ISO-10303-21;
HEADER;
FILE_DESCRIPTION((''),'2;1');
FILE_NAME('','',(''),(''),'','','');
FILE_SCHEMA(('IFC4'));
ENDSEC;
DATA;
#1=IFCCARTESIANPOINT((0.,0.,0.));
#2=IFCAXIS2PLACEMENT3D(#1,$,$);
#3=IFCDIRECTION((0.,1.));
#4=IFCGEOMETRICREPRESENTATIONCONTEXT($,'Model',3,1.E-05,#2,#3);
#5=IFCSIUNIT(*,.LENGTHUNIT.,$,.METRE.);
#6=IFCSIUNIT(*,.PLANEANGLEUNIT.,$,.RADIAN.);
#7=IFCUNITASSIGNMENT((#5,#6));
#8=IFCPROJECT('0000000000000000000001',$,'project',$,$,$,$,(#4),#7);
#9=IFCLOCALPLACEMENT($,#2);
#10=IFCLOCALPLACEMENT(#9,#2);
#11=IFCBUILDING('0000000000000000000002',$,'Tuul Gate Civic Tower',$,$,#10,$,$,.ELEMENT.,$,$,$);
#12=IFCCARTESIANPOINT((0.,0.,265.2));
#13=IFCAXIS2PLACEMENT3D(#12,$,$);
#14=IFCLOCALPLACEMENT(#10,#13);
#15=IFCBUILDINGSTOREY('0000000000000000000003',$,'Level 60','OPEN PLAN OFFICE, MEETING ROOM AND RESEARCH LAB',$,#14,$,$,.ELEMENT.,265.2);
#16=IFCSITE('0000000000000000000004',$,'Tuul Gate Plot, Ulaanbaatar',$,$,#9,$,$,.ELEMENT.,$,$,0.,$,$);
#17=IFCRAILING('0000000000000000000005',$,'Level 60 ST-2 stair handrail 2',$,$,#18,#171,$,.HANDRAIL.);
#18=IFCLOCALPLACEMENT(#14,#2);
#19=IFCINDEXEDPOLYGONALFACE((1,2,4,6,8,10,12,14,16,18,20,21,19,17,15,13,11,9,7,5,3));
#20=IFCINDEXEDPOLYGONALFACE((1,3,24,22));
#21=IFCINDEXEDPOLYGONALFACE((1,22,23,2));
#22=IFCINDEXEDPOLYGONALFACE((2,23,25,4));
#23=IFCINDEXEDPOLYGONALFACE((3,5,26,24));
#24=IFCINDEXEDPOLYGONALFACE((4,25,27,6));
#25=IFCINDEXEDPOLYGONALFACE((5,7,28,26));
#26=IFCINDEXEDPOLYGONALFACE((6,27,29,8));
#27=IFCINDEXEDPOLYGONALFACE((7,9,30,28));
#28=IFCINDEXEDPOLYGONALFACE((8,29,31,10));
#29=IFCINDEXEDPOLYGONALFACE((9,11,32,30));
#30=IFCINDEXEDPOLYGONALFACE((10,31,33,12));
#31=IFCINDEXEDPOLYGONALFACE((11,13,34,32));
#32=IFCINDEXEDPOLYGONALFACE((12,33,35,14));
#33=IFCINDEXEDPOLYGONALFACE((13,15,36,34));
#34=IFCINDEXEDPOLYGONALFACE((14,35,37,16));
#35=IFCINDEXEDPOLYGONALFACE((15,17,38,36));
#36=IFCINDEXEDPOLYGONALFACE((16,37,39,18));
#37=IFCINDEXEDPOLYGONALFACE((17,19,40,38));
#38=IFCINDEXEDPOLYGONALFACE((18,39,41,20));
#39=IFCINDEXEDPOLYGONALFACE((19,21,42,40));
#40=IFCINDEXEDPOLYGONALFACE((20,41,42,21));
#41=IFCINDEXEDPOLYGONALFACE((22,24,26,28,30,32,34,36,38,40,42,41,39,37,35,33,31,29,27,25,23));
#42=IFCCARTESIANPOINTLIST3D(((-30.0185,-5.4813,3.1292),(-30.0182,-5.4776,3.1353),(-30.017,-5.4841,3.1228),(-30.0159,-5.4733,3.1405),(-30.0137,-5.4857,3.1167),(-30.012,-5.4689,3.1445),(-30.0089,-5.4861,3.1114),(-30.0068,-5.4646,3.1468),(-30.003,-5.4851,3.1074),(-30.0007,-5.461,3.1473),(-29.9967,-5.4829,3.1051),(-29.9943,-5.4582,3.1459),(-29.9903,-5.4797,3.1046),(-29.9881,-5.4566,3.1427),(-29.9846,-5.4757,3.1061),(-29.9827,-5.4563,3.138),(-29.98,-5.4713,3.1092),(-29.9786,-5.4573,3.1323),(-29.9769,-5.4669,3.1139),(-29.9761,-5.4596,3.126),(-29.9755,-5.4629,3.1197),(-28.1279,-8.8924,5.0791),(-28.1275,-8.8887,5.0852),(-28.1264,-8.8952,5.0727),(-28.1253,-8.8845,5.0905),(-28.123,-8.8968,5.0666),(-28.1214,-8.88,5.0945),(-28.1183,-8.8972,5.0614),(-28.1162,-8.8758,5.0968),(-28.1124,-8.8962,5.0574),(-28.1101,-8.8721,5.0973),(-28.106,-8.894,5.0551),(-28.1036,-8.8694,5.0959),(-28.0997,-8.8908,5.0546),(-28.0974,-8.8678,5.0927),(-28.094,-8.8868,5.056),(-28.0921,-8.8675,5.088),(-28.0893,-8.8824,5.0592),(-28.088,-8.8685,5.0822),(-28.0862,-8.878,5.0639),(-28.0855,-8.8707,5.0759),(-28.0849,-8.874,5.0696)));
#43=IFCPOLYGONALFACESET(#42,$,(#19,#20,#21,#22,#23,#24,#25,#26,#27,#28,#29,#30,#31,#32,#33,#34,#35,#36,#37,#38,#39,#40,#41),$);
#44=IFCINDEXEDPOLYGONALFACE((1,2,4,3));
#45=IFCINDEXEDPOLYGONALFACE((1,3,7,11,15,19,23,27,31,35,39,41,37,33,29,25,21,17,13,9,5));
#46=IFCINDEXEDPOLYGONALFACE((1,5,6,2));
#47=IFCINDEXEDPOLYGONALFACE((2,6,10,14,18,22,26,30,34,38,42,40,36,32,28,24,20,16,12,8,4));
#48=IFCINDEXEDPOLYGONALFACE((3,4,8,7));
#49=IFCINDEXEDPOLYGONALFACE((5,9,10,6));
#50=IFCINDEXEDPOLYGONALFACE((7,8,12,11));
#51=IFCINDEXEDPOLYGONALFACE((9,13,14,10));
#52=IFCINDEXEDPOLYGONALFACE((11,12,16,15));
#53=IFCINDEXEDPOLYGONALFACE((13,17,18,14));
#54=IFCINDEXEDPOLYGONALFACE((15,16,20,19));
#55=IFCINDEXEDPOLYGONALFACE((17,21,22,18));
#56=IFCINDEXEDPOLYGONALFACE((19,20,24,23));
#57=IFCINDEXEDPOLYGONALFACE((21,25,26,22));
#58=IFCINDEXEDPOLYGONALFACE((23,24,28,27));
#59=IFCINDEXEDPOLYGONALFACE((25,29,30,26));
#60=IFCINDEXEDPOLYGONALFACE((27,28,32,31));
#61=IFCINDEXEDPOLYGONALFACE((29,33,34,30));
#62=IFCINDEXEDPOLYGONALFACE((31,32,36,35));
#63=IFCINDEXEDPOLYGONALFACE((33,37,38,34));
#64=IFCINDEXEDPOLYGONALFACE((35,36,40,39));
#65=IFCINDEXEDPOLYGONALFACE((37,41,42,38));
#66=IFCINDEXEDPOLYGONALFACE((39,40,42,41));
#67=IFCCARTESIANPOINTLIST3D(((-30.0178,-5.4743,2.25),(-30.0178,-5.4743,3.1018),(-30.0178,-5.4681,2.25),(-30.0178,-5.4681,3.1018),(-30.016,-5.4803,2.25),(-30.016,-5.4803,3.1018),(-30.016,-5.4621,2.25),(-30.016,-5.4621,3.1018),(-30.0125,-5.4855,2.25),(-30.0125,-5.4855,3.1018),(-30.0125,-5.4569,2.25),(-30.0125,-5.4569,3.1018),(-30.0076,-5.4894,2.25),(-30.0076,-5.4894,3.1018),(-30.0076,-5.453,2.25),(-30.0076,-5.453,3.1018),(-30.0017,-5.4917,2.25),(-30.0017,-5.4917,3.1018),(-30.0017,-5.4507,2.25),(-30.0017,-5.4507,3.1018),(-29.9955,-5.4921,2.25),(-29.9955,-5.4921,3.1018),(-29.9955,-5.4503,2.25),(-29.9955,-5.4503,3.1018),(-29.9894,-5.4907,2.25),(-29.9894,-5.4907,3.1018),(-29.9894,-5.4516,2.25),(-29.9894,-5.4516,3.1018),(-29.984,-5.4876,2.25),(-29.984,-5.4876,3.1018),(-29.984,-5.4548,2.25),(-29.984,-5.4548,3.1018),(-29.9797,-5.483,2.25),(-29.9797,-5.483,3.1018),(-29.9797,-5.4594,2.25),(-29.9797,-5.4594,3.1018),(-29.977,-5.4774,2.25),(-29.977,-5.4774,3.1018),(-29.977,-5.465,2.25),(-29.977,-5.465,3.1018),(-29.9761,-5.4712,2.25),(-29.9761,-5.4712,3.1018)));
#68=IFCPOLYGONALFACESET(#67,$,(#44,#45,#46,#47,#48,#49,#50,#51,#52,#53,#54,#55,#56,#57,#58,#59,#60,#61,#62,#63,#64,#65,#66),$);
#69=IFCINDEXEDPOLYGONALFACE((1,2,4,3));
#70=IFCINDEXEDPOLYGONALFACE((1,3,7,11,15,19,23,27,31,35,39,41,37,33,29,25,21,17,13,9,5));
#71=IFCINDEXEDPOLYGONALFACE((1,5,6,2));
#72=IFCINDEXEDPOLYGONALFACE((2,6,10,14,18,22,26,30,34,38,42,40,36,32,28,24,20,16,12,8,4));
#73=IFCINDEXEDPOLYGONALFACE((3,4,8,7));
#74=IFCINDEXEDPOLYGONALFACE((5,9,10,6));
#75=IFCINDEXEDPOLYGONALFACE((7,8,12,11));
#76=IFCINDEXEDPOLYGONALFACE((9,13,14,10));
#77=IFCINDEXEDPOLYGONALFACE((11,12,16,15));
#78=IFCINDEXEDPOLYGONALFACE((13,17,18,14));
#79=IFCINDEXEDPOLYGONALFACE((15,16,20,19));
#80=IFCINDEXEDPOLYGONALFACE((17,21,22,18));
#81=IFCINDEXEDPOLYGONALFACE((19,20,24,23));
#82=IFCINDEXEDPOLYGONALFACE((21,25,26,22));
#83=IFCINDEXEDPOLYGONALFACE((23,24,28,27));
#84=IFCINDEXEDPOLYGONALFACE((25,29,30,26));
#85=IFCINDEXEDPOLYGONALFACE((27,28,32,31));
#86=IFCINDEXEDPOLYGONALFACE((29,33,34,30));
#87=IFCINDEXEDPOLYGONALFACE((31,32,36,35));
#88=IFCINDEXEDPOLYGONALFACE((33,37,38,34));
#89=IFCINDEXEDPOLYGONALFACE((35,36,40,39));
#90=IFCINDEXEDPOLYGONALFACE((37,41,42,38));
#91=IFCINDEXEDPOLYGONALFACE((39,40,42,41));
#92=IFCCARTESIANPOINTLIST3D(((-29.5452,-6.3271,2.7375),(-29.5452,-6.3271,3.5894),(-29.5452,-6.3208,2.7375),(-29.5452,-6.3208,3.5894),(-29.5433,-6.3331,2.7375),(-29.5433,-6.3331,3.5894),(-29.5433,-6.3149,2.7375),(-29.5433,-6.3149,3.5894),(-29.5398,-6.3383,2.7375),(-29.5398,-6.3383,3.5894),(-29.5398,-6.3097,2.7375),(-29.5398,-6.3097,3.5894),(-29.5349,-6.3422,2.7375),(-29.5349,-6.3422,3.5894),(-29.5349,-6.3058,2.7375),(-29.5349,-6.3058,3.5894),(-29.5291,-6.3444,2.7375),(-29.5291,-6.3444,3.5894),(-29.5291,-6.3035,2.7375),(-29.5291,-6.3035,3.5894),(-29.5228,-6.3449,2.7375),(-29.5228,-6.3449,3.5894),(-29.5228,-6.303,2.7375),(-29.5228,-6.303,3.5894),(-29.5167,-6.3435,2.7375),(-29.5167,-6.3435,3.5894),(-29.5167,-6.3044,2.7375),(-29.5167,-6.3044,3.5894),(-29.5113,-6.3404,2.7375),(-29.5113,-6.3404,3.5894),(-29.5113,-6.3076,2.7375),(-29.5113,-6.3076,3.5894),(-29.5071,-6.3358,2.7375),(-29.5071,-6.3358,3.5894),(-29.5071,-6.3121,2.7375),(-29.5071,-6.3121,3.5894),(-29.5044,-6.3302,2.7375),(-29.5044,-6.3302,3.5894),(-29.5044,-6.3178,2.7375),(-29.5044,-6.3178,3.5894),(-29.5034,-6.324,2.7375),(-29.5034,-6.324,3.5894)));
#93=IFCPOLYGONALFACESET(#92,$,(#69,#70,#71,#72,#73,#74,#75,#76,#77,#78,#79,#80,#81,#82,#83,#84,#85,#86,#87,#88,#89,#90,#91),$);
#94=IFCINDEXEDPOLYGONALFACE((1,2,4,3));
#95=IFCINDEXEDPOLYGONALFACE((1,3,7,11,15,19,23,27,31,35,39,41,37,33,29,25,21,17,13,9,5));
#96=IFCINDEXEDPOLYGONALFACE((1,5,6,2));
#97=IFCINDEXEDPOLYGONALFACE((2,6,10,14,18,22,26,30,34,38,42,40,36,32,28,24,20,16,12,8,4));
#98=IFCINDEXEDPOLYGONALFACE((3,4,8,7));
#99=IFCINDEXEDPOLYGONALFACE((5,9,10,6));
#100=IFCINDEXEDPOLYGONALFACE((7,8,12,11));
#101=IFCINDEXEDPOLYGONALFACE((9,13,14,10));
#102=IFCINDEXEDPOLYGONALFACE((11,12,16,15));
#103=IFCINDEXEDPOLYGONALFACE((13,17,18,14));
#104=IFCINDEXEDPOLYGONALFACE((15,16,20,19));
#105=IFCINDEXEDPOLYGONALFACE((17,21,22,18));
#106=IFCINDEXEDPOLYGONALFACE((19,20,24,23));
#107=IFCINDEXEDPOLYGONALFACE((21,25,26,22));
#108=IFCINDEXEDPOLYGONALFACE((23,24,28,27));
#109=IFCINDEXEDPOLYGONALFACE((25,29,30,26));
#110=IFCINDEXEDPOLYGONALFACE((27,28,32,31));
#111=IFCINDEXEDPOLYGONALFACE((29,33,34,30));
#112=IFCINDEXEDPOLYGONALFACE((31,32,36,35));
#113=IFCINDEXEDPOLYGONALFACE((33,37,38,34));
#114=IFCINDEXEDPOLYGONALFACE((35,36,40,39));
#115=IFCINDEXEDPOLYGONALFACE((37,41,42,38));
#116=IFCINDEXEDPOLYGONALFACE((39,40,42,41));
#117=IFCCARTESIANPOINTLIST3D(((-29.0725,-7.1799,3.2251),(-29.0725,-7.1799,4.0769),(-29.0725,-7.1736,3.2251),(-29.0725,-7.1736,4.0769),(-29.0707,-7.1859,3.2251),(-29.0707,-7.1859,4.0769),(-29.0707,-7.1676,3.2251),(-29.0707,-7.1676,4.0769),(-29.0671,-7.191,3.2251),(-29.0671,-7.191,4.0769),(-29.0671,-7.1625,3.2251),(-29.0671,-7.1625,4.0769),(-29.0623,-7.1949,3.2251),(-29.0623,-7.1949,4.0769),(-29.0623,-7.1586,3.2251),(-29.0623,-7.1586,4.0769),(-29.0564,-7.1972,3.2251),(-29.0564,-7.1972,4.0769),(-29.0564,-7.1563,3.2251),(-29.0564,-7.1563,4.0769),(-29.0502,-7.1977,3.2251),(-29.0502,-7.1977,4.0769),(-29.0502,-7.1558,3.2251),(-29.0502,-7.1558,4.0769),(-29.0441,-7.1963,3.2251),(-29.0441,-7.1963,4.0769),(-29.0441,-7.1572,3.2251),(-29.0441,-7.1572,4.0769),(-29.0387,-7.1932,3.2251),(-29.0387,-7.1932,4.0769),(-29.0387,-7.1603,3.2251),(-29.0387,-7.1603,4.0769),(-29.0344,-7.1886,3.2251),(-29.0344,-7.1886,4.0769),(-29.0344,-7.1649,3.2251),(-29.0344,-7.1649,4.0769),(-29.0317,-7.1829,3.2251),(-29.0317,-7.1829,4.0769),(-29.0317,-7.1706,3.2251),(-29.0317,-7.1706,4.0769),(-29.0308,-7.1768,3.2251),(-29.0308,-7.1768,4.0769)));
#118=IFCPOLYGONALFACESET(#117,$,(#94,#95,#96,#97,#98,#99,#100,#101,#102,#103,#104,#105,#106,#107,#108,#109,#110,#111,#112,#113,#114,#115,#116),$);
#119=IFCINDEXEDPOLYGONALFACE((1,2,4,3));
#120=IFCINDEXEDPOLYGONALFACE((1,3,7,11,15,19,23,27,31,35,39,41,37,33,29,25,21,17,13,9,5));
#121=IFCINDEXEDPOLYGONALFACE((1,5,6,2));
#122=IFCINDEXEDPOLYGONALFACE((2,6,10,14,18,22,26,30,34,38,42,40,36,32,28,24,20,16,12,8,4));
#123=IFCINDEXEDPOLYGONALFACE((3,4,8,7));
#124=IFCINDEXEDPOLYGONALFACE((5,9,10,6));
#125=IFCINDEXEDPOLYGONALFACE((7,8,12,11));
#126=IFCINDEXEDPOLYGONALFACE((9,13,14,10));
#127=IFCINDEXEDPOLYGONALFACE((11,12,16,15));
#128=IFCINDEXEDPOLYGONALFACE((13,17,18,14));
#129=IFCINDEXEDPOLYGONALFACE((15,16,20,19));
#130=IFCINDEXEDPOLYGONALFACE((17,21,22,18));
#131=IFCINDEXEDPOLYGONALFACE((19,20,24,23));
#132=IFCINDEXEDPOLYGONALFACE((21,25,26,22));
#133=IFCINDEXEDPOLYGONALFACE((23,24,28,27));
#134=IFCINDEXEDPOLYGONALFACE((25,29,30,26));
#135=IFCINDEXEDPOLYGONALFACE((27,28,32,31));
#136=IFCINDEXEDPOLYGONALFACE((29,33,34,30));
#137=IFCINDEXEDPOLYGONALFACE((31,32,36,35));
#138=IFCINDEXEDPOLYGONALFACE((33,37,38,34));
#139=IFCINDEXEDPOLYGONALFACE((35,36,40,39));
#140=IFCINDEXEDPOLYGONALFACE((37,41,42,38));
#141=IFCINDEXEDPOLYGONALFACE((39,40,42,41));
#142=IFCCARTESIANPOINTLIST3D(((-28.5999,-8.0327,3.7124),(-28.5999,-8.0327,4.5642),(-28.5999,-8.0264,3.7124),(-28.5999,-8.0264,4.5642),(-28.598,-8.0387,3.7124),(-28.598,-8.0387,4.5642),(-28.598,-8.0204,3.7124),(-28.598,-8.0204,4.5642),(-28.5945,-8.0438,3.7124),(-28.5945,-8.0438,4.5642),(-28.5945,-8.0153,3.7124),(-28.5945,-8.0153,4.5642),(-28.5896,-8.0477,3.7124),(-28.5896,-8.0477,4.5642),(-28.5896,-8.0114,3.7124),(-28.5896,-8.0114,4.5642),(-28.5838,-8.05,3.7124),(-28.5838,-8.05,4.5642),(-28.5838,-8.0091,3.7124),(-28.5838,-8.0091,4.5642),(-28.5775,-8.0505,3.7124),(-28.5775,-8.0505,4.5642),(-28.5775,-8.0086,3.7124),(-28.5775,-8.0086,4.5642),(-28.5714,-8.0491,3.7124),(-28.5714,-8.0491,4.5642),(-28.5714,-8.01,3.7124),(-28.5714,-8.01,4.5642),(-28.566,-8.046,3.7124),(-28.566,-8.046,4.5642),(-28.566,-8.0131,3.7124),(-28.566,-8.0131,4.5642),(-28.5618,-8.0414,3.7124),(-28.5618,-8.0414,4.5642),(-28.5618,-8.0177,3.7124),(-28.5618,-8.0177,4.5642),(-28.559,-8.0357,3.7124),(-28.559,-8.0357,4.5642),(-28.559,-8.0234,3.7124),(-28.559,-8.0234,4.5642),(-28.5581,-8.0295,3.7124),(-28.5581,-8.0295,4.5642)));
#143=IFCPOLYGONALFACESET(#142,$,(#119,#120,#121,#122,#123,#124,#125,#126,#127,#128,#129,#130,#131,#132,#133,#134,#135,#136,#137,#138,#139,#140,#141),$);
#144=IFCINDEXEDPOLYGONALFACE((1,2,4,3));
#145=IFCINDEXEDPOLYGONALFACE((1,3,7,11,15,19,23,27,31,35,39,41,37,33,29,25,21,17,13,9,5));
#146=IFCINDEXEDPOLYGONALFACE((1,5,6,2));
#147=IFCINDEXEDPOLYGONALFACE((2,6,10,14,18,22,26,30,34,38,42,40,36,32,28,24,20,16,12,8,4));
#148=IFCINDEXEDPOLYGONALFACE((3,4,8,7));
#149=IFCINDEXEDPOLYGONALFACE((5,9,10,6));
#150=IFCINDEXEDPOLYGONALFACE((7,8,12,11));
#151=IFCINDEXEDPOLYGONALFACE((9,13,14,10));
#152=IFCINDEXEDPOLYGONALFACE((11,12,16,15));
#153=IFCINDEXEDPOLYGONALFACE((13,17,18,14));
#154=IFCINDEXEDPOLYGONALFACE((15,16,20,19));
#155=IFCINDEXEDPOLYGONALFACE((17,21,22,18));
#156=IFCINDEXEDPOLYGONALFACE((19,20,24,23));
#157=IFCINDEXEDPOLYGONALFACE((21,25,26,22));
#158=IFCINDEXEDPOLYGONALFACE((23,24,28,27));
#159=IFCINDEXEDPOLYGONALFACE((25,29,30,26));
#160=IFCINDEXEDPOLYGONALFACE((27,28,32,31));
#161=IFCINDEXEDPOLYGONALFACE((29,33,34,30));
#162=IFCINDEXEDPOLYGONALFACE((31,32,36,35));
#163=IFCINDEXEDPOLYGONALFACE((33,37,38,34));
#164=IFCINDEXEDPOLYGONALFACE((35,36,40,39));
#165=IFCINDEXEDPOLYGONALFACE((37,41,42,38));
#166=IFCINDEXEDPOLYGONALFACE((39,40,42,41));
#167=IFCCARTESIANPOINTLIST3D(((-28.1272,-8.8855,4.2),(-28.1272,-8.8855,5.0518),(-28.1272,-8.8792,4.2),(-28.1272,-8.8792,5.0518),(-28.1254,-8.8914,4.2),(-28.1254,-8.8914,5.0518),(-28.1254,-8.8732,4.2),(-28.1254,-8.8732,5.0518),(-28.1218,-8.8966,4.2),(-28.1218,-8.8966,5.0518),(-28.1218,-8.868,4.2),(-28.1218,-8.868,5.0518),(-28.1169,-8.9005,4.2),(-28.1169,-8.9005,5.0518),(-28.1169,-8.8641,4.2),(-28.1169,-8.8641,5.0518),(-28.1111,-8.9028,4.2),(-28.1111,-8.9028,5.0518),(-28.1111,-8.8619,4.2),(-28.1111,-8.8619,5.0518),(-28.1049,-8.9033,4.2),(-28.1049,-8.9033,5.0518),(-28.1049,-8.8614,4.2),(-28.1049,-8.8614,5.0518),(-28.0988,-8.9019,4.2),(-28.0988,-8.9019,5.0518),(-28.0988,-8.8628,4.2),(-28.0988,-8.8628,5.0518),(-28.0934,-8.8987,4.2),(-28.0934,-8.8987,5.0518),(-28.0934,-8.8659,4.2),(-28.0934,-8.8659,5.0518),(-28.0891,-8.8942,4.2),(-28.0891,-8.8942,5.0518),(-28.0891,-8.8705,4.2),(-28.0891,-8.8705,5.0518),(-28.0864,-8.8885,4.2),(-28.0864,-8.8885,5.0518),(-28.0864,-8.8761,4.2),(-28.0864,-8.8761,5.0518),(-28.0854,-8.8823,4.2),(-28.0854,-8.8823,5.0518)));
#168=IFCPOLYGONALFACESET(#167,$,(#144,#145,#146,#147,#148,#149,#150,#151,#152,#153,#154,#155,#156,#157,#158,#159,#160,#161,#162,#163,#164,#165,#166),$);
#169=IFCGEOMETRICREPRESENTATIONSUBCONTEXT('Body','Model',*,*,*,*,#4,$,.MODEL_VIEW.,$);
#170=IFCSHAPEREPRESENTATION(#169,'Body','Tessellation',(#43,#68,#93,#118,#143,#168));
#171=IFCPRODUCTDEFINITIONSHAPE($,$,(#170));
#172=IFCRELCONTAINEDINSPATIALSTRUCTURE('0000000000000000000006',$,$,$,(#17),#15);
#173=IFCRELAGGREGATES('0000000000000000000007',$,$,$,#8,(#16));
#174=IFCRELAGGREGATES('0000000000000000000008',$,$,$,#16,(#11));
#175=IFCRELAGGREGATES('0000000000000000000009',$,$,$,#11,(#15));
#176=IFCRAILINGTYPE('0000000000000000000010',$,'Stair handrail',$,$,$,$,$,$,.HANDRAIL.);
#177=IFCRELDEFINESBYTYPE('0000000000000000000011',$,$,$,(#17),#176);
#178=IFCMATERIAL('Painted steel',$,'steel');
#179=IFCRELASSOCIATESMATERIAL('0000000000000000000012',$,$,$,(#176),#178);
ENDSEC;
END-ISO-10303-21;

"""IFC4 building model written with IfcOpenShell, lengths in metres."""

from ifc_helpers import new_model, si_unit, direction, frame, origin, origin_2d, place, context, subcontext, project, spatial, circle, extrude, material, type_object, element, save


model = new_model("IFC4")

# Units and contexts
model_context = context("Model", 3, precision=1e-05, world=origin(), true_north=direction((0.0, 1.0)))
body_context = subcontext(model_context, "Body", "Model", "MODEL_VIEW")
ifc_project = project(units=[si_unit("LENGTHUNIT", "METRE"), si_unit("PLANEANGLEUNIT", "RADIAN")], contexts=[model_context])

# Site, building, storey
site_placement = place(None, origin())
site = spatial("IfcSite", under=ifc_project, at=site_placement, Name="Tuul Gate Plot, Ulaanbaatar", CompositionType="ELEMENT", RefElevation=0.0)
building_placement = place(site_placement, origin())
building = spatial("IfcBuilding", under=site, at=building_placement, Name="Tuul Gate Civic Tower", CompositionType="ELEMENT")
storey_placement = place(building_placement, frame((0.0, 0.0, 265.2)))
storey = spatial("IfcBuildingStorey", under=building, at=storey_placement, Name="Level 60", Description="OPEN PLAN OFFICE, MEETING ROOM AND RESEARCH LAB", CompositionType="ELEMENT", Elevation=265.2)

# Railing
ifc_material_1 = material(Name="Painted steel", Category="steel")
railing_type_1 = type_object("IfcRailingType", Name="Stair handrail", PredefinedType="HANDRAIL", material=ifc_material_1)
railing_1_placement = place(storey_placement, frame((-29.9971, -5.4712, 2.25)))
element("IfcRailing", 1, at=railing_1_placement, inside=storey, type_object=railing_type_1, Name="Level 60 ST-2 stair handrail 2", PredefinedType="HANDRAIL", context=body_context, shape_type="SweptSolid", body=[
    extrude(circle(Radius=0.0239, at=origin_2d()), frame((0.0, 0.0, 0.876), z_axis=(0.433595, -0.782308, 0.447201), x_axis=(0.874641, 0.484771, 0.0)), (0.0, 0.0, 1.0), 4.3604),
    extrude(circle(Radius=0.021, at=origin_2d()), origin(), (0.0, 0.0, 1.0), 0.8518),
    extrude(circle(Radius=0.021, at=origin_2d()), frame((0.4727, -0.8528, 0.4875)), (0.0, 0.0, 1.0), 0.8518),
    extrude(circle(Radius=0.021, at=origin_2d()), frame((0.9453, -1.7056, 0.9751)), (0.0, 0.0, 1.0), 0.8518),
    extrude(circle(Radius=0.021, at=origin_2d()), frame((1.418, -2.5583, 1.4624)), (0.0, 0.0, 1.0), 0.8518),
    extrude(circle(Radius=0.021, at=origin_2d()), frame((1.8906, -3.4111, 1.95)), (0.0, 0.0, 1.0), 0.8518),
])

save(model, "model.ifc")
